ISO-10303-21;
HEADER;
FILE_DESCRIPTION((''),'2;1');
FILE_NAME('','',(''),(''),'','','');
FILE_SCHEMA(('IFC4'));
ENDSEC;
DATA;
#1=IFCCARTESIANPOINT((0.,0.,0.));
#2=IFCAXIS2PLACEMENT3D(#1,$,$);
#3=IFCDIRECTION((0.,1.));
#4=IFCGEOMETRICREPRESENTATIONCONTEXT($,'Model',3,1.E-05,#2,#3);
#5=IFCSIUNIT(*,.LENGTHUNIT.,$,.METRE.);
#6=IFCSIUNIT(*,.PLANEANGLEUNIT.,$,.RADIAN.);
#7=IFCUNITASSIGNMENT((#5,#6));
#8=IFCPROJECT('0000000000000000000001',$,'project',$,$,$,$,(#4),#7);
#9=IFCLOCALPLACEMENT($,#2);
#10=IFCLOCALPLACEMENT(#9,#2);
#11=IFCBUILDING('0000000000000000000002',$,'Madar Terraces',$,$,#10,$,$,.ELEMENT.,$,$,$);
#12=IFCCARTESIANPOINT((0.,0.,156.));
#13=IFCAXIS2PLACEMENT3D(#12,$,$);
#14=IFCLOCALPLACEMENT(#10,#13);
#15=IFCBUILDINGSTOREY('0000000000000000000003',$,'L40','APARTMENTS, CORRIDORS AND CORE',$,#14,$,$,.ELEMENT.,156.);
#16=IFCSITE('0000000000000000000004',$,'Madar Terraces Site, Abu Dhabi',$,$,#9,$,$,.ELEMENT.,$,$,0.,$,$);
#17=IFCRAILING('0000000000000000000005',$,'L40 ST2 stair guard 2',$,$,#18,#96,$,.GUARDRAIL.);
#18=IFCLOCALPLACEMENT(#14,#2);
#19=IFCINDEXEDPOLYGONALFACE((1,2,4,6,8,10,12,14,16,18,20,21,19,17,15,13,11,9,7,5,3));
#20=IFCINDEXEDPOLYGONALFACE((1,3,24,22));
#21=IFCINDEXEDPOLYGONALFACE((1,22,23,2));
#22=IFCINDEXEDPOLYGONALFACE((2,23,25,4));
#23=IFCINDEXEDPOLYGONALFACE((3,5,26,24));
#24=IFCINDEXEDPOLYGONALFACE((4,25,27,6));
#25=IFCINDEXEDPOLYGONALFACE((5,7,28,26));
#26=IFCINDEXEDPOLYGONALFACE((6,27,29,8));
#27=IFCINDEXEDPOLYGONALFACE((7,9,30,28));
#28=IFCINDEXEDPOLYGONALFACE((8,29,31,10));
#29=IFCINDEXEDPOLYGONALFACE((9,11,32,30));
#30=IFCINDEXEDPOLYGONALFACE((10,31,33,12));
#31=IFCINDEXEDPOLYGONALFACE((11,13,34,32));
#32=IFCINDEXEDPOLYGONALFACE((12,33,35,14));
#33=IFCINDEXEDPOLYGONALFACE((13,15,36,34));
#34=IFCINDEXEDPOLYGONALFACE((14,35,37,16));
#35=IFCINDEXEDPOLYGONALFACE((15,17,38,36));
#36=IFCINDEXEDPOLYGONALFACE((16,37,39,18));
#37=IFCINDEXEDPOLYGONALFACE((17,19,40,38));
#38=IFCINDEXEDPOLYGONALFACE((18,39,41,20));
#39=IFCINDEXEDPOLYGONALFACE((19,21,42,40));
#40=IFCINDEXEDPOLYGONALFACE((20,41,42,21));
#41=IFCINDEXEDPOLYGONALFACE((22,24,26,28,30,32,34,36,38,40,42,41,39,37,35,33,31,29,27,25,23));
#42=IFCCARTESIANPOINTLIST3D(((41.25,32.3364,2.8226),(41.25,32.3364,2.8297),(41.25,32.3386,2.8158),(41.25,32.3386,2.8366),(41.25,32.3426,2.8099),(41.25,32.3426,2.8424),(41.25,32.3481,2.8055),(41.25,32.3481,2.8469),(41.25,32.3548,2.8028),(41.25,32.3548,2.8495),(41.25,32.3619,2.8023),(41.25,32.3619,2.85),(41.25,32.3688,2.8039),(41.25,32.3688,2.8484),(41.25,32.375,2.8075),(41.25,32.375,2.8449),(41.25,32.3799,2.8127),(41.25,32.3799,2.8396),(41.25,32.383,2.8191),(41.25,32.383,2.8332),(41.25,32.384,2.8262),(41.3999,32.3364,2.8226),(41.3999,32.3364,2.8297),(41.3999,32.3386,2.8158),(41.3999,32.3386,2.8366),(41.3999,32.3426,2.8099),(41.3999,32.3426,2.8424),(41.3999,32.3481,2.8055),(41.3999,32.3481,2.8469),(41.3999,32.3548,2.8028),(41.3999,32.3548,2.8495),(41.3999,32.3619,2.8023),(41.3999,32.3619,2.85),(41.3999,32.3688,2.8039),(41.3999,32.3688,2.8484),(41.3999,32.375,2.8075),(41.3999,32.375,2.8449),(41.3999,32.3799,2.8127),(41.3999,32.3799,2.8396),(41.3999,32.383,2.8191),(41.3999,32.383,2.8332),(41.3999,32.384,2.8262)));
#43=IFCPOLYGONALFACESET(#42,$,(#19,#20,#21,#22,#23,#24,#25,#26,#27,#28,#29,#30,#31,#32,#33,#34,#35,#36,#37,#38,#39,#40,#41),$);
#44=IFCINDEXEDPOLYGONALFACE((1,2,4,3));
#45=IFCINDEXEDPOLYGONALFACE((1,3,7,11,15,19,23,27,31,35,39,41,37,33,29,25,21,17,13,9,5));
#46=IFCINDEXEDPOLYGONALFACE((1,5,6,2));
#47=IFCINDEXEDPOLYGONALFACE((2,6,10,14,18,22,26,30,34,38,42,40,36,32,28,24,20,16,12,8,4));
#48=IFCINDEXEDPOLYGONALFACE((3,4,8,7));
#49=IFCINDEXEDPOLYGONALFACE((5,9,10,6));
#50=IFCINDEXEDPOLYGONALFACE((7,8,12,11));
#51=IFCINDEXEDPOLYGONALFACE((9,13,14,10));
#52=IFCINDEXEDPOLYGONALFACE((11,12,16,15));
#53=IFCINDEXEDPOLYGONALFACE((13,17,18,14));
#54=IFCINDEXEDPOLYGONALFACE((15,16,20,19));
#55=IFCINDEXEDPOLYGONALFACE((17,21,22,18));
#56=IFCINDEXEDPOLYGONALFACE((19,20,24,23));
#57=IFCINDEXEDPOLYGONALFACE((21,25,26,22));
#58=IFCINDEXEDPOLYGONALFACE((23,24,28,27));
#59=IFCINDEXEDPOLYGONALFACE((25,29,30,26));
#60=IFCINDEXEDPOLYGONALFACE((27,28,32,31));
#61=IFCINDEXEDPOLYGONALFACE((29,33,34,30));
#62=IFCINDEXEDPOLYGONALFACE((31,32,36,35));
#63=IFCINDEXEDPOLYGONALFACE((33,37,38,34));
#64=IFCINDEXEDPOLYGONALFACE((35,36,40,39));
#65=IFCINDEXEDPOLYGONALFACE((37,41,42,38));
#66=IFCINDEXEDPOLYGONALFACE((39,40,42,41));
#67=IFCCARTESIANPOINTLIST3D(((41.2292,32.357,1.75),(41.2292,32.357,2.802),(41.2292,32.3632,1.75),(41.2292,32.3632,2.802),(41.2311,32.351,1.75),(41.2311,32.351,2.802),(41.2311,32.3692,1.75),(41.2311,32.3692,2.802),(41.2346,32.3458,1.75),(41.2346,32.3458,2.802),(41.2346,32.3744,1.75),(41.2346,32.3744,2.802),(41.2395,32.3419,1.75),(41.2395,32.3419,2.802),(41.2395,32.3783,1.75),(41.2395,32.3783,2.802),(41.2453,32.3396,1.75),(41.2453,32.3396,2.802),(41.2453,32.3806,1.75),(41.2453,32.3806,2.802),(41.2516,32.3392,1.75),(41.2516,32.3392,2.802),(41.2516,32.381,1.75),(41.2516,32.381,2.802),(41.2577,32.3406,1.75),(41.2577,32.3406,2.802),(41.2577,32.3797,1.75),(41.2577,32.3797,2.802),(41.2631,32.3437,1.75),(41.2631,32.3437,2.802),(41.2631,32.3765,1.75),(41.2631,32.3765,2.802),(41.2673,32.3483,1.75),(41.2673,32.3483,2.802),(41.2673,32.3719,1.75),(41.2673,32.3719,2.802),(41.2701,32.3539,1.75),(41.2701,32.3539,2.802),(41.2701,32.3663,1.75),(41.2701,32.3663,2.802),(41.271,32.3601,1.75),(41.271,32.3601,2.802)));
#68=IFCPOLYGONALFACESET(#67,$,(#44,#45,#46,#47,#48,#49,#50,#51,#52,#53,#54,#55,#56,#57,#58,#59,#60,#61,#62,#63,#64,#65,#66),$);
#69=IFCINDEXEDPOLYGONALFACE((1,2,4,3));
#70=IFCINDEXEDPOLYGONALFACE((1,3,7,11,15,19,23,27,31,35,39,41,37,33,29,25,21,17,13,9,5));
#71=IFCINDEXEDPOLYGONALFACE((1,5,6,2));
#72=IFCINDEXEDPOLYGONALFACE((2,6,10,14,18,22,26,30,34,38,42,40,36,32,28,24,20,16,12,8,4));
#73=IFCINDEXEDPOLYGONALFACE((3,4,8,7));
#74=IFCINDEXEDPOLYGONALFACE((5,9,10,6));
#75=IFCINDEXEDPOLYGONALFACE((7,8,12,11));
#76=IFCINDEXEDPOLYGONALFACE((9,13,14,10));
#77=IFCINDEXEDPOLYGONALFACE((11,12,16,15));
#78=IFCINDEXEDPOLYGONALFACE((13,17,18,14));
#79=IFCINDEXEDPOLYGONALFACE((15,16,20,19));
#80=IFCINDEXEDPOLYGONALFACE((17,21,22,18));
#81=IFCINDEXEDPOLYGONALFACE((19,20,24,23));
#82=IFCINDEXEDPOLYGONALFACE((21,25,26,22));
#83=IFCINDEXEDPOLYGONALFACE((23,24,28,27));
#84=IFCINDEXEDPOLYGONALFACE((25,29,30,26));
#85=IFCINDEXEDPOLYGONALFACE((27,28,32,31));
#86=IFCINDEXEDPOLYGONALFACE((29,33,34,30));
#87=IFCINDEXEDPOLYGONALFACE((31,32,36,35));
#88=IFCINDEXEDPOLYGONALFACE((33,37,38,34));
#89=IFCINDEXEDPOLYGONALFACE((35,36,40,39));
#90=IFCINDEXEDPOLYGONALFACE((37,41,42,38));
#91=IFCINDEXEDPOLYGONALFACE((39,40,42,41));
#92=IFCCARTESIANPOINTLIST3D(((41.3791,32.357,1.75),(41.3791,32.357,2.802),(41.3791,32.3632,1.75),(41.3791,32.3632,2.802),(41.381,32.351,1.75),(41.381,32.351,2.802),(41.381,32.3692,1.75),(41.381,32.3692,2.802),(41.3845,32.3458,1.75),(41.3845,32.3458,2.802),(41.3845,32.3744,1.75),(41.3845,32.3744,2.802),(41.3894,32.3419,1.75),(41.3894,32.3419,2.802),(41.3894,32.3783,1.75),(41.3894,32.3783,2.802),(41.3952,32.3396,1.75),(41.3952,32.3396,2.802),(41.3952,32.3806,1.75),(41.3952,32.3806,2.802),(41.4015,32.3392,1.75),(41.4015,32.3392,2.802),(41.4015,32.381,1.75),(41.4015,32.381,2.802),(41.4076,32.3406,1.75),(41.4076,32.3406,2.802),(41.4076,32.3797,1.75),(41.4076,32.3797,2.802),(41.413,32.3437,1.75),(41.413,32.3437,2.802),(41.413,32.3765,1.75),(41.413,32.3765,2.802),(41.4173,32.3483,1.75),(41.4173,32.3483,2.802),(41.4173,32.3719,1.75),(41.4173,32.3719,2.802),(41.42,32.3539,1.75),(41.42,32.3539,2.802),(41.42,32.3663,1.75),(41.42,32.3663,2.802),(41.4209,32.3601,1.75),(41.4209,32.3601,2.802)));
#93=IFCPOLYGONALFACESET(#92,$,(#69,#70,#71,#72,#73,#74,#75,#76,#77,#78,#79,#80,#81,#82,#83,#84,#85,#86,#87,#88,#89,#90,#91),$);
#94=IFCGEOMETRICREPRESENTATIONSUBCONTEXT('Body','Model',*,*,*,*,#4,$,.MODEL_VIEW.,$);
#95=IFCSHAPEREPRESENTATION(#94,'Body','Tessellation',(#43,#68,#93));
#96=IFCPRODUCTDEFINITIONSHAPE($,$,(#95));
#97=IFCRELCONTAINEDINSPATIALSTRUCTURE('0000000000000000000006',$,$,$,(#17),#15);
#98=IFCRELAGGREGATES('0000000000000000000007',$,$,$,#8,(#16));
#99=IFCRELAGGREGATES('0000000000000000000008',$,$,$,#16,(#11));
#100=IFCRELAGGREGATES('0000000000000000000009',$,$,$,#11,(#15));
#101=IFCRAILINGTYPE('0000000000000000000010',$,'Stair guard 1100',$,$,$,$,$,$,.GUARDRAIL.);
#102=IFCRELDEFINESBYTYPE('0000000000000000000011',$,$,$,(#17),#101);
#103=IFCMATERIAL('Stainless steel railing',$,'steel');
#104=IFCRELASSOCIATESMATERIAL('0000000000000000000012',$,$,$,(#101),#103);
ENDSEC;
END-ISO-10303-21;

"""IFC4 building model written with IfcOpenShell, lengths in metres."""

from ifc_helpers import new_model, si_unit, direction, frame, origin, origin_2d, place, context, subcontext, project, spatial, circle, extrude, material, type_object, element, save


model = new_model("IFC4")

# Units and contexts
model_context = context("Model", 3, precision=1e-05, world=origin(), true_north=direction((0.0, 1.0)))
body_context = subcontext(model_context, "Body", "Model", "MODEL_VIEW")
ifc_project = project(units=[si_unit("LENGTHUNIT", "METRE"), si_unit("PLANEANGLEUNIT", "RADIAN")], contexts=[model_context])

# Site, building, storey
site_placement = place(None, origin())
site = spatial("IfcSite", under=ifc_project, at=site_placement, Name="Madar Terraces Site, Abu Dhabi", CompositionType="ELEMENT", RefElevation=0.0)
building_placement = place(site_placement, origin())
building = spatial("IfcBuilding", under=site, at=building_placement, Name="Madar Terraces", CompositionType="ELEMENT")
storey_placement = place(building_placement, frame((0.0, 0.0, 156.0)))
storey = spatial("IfcBuildingStorey", under=building, at=storey_placement, Name="L40", Description="APARTMENTS, CORRIDORS AND CORE", CompositionType="ELEMENT", Elevation=156.0)

# Railing
ifc_material_1 = material(Name="Stainless steel railing", Category="steel")
railing_type_1 = type_object("IfcRailingType", Name="Stair guard 1100", PredefinedType="GUARDRAIL", material=ifc_material_1)
railing_1_placement = place(storey_placement, frame((41.25, 32.3601, 1.75)))
element("IfcRailing", 1, at=railing_1_placement, inside=storey, type_object=railing_type_1, Name="L40 ST2 stair guard 2", PredefinedType="GUARDRAIL", context=body_context, shape_type="SweptSolid", body=[
    extrude(circle(Radius=0.0239, at=origin_2d()), frame((0.0, 0.0, 1.0762), z_axis=(1.0, 0.0, 0.0), x_axis=(0.0, 1.0, 0.0)), (0.0, 0.0, 1.0), 0.1499),
    extrude(circle(Radius=0.021, at=origin_2d()), origin(), (0.0, 0.0, 1.0), 1.052),
    extrude(circle(Radius=0.021, at=origin_2d()), frame((0.1499, 0.0, 0.0)), (0.0, 0.0, 1.0), 1.052),
])

save(model, "model.ifc")
